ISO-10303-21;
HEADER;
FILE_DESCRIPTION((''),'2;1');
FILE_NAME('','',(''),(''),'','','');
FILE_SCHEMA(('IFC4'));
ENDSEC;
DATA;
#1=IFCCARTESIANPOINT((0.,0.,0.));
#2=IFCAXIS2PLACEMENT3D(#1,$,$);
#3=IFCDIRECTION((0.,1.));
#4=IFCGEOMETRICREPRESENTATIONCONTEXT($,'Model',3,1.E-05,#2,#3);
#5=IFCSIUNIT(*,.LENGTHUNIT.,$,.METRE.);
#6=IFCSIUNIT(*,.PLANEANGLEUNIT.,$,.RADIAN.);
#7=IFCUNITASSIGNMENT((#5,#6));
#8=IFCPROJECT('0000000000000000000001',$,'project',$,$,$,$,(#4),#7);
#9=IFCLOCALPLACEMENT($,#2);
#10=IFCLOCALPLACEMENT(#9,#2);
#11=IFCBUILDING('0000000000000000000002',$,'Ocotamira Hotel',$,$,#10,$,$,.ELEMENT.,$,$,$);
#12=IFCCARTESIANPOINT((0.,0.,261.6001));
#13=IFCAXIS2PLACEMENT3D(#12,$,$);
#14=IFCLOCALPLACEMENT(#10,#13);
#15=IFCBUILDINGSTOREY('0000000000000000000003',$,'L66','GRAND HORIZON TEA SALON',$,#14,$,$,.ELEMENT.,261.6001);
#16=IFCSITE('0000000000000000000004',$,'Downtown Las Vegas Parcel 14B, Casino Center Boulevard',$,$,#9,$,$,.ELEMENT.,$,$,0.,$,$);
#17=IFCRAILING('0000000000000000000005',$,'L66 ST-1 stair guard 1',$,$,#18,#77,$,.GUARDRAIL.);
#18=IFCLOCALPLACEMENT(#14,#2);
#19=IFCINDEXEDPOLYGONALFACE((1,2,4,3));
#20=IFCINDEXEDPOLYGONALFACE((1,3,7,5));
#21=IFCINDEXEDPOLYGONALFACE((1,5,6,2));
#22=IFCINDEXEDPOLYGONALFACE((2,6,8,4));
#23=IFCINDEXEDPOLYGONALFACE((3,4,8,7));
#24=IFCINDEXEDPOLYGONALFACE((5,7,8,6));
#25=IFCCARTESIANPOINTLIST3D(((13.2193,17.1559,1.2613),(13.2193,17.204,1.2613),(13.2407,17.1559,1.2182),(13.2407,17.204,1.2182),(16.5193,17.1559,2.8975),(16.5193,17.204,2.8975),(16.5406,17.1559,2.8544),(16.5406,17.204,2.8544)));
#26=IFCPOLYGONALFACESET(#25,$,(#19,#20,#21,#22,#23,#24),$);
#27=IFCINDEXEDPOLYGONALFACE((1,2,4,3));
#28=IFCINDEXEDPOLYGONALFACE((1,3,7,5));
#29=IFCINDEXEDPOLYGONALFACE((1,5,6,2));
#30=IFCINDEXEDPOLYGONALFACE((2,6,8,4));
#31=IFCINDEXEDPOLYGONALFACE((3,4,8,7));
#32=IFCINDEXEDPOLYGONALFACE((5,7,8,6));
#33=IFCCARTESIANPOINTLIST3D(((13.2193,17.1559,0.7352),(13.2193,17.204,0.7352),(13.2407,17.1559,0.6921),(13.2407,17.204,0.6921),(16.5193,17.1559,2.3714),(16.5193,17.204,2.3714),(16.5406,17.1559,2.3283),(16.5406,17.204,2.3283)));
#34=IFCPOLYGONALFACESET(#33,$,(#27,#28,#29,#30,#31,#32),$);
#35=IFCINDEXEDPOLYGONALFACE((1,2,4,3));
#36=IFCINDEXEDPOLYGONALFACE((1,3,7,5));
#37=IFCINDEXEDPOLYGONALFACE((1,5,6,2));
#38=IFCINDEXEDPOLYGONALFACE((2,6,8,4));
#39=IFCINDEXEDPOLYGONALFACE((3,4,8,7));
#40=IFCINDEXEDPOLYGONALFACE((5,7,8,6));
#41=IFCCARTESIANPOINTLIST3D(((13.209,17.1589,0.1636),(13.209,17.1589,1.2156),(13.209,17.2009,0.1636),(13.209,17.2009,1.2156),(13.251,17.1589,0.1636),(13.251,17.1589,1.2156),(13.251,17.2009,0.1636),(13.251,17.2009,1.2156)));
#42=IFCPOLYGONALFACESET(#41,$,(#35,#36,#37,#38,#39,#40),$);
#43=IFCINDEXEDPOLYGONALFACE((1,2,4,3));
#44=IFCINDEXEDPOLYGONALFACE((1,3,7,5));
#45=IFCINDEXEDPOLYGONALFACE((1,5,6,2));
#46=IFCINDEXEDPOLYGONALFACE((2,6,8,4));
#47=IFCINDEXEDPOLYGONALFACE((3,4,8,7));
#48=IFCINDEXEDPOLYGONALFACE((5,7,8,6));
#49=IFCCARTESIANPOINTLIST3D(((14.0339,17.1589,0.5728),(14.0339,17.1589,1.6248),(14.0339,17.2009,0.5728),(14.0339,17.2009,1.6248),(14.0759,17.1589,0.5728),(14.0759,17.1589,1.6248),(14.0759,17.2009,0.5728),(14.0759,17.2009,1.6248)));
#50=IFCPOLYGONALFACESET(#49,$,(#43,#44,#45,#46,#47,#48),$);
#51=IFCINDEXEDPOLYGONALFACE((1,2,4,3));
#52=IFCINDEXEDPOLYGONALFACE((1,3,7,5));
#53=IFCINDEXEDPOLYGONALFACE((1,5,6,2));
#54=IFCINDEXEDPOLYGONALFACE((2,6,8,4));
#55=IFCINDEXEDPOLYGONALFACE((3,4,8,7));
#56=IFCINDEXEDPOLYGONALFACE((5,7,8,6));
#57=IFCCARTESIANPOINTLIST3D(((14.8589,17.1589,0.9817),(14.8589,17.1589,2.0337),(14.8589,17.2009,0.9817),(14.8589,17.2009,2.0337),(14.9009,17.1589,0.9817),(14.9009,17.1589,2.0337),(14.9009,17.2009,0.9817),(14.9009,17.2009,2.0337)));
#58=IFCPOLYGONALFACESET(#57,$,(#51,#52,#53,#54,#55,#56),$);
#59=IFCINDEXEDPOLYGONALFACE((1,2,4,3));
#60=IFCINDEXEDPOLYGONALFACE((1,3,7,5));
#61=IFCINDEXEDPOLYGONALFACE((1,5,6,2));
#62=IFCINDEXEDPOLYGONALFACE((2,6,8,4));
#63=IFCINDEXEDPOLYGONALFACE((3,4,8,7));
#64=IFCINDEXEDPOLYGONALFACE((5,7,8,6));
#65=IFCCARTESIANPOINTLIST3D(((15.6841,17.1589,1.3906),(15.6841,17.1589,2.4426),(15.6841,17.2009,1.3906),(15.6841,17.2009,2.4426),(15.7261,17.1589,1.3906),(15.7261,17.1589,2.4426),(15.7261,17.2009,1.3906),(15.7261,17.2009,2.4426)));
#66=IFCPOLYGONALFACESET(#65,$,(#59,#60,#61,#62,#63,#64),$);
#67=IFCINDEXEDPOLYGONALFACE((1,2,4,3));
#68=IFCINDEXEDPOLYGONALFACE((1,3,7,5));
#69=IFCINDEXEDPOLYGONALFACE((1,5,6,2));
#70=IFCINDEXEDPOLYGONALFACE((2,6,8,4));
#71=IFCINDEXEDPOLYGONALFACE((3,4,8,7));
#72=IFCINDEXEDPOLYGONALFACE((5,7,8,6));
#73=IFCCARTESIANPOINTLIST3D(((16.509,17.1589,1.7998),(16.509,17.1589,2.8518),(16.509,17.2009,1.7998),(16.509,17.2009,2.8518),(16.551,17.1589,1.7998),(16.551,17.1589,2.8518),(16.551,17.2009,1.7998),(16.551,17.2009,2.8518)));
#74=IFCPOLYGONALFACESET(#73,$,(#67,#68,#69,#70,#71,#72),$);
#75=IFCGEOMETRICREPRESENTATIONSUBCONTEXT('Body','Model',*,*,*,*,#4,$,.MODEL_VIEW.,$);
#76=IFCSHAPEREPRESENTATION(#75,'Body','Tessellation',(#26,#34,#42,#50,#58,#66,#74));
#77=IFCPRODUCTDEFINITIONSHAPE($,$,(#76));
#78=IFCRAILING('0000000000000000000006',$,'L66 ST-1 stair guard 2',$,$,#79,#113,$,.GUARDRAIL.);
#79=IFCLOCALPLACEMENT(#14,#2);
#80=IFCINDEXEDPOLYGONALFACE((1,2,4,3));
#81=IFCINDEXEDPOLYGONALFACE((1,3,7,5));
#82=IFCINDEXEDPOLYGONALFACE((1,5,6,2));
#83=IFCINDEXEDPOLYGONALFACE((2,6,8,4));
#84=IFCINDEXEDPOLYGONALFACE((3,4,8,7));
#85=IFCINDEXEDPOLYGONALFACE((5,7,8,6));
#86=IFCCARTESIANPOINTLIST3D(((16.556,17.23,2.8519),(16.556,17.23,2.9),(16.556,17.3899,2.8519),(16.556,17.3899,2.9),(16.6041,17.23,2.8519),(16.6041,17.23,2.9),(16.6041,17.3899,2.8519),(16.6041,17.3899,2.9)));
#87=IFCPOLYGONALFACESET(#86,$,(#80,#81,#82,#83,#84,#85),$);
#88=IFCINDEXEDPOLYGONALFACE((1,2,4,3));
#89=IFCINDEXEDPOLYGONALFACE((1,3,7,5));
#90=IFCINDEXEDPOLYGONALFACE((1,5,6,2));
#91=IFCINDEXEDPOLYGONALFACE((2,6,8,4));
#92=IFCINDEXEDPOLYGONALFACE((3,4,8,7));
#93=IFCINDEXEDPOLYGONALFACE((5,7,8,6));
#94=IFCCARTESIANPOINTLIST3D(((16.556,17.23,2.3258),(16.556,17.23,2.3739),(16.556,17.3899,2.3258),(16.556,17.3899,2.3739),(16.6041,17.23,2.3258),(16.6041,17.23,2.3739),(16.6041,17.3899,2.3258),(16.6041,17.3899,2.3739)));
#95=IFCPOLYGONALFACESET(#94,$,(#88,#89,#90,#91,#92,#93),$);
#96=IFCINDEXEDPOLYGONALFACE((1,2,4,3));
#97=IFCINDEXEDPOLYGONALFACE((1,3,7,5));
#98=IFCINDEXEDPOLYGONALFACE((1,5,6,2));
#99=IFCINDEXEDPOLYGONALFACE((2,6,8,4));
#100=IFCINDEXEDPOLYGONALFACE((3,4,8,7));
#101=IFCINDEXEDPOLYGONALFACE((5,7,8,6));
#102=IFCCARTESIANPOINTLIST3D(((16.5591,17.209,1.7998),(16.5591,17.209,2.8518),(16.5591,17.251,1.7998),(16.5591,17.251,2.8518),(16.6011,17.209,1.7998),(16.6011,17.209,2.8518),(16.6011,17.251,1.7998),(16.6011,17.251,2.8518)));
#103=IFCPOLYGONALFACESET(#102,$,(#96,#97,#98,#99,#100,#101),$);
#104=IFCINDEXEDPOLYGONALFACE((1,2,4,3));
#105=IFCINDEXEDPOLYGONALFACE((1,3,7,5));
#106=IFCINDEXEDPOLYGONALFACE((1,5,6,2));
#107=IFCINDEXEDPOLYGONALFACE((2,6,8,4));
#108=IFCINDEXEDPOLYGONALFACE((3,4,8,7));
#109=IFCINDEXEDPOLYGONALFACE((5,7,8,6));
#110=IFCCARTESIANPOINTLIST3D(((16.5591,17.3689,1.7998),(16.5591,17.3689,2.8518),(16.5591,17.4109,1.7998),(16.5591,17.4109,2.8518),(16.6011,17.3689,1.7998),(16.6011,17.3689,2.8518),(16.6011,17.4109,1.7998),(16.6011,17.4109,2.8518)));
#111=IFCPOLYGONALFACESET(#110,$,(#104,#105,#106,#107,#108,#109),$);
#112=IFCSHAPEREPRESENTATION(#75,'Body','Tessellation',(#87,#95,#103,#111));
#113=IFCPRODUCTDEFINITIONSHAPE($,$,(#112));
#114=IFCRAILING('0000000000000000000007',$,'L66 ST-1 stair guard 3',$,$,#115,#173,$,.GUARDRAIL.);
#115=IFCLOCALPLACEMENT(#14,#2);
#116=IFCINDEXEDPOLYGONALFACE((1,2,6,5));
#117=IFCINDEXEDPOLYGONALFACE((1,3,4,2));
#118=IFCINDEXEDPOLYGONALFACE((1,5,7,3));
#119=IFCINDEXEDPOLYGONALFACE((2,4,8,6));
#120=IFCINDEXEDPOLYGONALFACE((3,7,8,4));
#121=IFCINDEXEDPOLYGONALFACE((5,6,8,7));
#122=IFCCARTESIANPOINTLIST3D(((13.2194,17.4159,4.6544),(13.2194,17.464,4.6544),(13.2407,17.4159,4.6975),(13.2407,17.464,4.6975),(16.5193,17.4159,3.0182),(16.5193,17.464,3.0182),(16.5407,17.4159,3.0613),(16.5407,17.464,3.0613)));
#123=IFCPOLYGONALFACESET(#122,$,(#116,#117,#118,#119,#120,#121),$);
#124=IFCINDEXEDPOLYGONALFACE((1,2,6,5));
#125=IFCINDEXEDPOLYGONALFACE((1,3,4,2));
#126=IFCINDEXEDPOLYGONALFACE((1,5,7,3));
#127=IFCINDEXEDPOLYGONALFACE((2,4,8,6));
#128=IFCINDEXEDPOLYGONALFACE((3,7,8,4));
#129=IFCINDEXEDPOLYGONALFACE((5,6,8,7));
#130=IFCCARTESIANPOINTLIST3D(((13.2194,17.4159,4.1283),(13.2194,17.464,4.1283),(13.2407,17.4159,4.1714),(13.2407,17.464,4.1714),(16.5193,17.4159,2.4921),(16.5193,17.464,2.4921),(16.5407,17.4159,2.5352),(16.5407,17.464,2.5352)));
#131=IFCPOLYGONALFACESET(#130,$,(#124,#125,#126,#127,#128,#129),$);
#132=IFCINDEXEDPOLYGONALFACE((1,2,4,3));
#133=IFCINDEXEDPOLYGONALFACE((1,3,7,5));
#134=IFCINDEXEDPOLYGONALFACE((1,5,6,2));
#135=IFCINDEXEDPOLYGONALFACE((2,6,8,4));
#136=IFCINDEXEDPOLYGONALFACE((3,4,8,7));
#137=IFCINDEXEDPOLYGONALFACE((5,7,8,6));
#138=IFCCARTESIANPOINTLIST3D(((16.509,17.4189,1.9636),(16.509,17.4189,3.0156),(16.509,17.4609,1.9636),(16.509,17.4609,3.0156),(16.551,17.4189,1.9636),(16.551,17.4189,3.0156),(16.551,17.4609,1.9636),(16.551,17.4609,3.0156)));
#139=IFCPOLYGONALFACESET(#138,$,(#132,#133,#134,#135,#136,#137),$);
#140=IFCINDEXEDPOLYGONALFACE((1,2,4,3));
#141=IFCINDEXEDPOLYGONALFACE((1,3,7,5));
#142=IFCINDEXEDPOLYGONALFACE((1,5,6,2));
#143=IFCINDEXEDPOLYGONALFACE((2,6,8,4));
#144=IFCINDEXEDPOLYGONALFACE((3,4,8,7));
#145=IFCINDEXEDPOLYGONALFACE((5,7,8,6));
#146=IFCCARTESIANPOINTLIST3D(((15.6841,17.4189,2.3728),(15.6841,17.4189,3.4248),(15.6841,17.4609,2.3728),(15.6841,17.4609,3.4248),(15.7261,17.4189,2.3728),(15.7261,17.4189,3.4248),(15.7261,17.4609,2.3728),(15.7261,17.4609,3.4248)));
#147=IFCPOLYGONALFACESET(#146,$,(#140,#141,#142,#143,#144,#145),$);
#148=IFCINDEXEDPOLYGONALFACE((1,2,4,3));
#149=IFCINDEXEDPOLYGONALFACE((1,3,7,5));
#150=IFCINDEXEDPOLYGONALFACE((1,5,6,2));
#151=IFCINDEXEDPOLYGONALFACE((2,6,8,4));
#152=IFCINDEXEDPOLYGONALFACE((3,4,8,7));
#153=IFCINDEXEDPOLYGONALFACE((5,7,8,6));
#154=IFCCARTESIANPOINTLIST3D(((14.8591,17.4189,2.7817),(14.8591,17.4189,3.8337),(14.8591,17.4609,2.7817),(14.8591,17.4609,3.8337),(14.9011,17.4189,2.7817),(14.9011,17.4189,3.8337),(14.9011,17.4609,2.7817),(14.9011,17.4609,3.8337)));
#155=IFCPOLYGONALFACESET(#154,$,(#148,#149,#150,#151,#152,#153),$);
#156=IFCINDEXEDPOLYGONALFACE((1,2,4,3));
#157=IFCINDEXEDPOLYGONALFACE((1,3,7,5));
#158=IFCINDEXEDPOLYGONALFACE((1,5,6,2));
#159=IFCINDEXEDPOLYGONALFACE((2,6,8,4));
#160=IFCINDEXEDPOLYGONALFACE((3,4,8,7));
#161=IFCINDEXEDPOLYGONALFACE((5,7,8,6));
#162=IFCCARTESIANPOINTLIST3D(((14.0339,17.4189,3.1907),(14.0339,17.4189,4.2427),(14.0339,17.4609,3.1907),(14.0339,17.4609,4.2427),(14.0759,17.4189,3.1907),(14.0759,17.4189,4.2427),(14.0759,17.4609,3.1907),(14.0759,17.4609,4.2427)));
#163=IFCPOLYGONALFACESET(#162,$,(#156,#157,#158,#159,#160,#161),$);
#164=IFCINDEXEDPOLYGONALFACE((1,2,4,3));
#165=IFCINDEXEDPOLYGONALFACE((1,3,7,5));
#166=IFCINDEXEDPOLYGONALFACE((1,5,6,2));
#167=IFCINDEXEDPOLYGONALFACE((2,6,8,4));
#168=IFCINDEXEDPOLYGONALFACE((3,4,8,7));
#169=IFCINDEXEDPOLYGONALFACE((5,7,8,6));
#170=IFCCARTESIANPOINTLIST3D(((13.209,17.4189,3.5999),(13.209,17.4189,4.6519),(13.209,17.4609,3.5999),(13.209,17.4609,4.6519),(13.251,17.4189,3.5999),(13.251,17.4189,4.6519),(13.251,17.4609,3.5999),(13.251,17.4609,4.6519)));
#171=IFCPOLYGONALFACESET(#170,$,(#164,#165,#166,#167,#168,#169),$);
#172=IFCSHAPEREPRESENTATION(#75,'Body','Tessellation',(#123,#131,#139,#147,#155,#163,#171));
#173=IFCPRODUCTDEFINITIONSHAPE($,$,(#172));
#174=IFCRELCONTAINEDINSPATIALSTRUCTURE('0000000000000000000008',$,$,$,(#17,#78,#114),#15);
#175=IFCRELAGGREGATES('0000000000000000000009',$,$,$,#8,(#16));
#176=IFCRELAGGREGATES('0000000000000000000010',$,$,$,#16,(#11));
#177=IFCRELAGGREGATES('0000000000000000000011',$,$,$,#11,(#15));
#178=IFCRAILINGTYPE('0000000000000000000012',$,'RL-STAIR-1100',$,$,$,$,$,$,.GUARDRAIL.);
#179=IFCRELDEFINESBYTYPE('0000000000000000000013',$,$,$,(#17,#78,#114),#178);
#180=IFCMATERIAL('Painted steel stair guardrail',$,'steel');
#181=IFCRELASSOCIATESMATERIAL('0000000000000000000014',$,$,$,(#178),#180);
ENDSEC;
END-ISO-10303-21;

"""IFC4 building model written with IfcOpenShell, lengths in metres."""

from ifc_helpers import new_model, si_unit, direction, frame, origin, origin_2d, place, context, subcontext, project, spatial, rectangle, extrude, material, type_object, element, save


model = new_model("IFC4")

# Units and contexts
model_context = context("Model", 3, precision=1e-05, world=origin(), true_north=direction((0.0, 1.0)))
body_context = subcontext(model_context, "Body", "Model", "MODEL_VIEW")
ifc_project = project(units=[si_unit("LENGTHUNIT", "METRE"), si_unit("PLANEANGLEUNIT", "RADIAN")], contexts=[model_context])

# Site, building, storey
site_placement = place(None, origin())
site = spatial("IfcSite", under=ifc_project, at=site_placement, Name="Downtown Las Vegas Parcel 14B, Casino Center Boulevard", CompositionType="ELEMENT", RefElevation=0.0)
building_placement = place(site_placement, origin())
building = spatial("IfcBuilding", under=site, at=building_placement, Name="Ocotamira Hotel", CompositionType="ELEMENT")
storey_placement = place(building_placement, frame((0.0, 0.0, 261.6001)))
storey = spatial("IfcBuildingStorey", under=building, at=storey_placement, Name="L66", Description="GRAND HORIZON TEA SALON", CompositionType="ELEMENT", Elevation=261.6001)

# Railings
ifc_material_1 = material(Name="Painted steel stair guardrail", Category="steel")
railing_type_1 = type_object("IfcRailingType", Name="RL-STAIR-1100", PredefinedType="GUARDRAIL", material=ifc_material_1)
railing_1_placement = place(storey_placement, frame((13.23, 17.1799, 0.1636)))
element("IfcRailing", 1, at=railing_1_placement, inside=storey, type_object=railing_type_1, Name="L66 ST-1 stair guard 1", PredefinedType="GUARDRAIL", context=body_context, shape_type="SweptSolid", body=[
    extrude(rectangle(XDim=0.0481, YDim=0.0481, at=origin_2d()), frame((0.0, 0.0, 1.0762), z_axis=(0.89592, 0.0, 0.444215), x_axis=(0.0, 1.0, 0.0)), (0.0, 0.0, 1.0), 3.6833),
    extrude(rectangle(XDim=0.0481, YDim=0.0481, at=origin_2d()), frame((0.0, 0.0, 0.55), z_axis=(0.89592, 0.0, 0.444215), x_axis=(0.0, 1.0, 0.0)), (0.0, 0.0, 1.0), 3.6833),
    extrude(rectangle(XDim=0.042, YDim=0.042, at=origin_2d()), origin(), (0.0, 0.0, 1.0), 1.052),
    extrude(rectangle(XDim=0.042, YDim=0.042, at=origin_2d()), frame((0.825, 0.0, 0.4092)), (0.0, 0.0, 1.0), 1.052),
    extrude(rectangle(XDim=0.042, YDim=0.042, at=origin_2d()), frame((1.6499, 0.0, 0.8181)), (0.0, 0.0, 1.0), 1.052),
    extrude(rectangle(XDim=0.042, YDim=0.042, at=origin_2d()), frame((2.4751, 0.0, 1.2271)), (0.0, 0.0, 1.0), 1.052),
    extrude(rectangle(XDim=0.042, YDim=0.042, at=origin_2d()), frame((3.3, 0.0, 1.6362)), (0.0, 0.0, 1.0), 1.052),
])
railing_2_placement = place(storey_placement, frame((16.5801, 17.23, 1.7998)))
element("IfcRailing", 2, at=railing_2_placement, inside=storey, type_object=railing_type_1, Name="L66 ST-1 stair guard 2", PredefinedType="GUARDRAIL", context=body_context, shape_type="SweptSolid", body=[
    extrude(rectangle(XDim=0.0481, YDim=0.0481, at=origin_2d()), frame((0.0, 0.0, 1.0762), z_axis=(0.0, 1.0, 0.0), x_axis=(-1.0, 0.0, 0.0)), (0.0, 0.0, 1.0), 0.1599),
    extrude(rectangle(XDim=0.0481, YDim=0.0481, at=origin_2d()), frame((0.0, 0.0, 0.55), z_axis=(0.0, 1.0, 0.0), x_axis=(-1.0, 0.0, 0.0)), (0.0, 0.0, 1.0), 0.1599),
    extrude(rectangle(XDim=0.042, YDim=0.042, at=origin_2d()), origin(), (0.0, 0.0, 1.0), 1.052),
    extrude(rectangle(XDim=0.042, YDim=0.042, at=origin_2d()), frame((0.0, 0.1599, 0.0)), (0.0, 0.0, 1.0), 1.052),
])
railing_3_placement = place(storey_placement, frame((16.53, 17.4399, 1.9636)))
element("IfcRailing", 3, at=railing_3_placement, inside=storey, type_object=railing_type_1, Name="L66 ST-1 stair guard 3", PredefinedType="GUARDRAIL", context=body_context, shape_type="SweptSolid", body=[
    extrude(rectangle(XDim=0.0481, YDim=0.0481, at=origin_2d()), frame((0.0, 0.0, 1.0762), z_axis=(-0.89592, 0.0, 0.444215), x_axis=(0.0, -1.0, 0.0)), (0.0, 0.0, 1.0), 3.6833),
    extrude(rectangle(XDim=0.0481, YDim=0.0481, at=origin_2d()), frame((0.0, 0.0, 0.55), z_axis=(-0.89592, 0.0, 0.444215), x_axis=(0.0, -1.0, 0.0)), (0.0, 0.0, 1.0), 3.6833),
    extrude(rectangle(XDim=0.042, YDim=0.042, at=origin_2d()), origin(), (0.0, 0.0, 1.0), 1.052),
    extrude(rectangle(XDim=0.042, YDim=0.042, at=origin_2d()), frame((-0.825, 0.0, 0.4092)), (0.0, 0.0, 1.0), 1.052),
    extrude(rectangle(XDim=0.042, YDim=0.042, at=origin_2d()), frame((-1.6499, 0.0, 0.8181)), (0.0, 0.0, 1.0), 1.052),
    extrude(rectangle(XDim=0.042, YDim=0.042, at=origin_2d()), frame((-2.4751, 0.0, 1.2271)), (0.0, 0.0, 1.0), 1.052),
    extrude(rectangle(XDim=0.042, YDim=0.042, at=origin_2d()), frame((-3.3, 0.0, 1.6362)), (0.0, 0.0, 1.0), 1.052),
])

save(model, "model.ifc")
